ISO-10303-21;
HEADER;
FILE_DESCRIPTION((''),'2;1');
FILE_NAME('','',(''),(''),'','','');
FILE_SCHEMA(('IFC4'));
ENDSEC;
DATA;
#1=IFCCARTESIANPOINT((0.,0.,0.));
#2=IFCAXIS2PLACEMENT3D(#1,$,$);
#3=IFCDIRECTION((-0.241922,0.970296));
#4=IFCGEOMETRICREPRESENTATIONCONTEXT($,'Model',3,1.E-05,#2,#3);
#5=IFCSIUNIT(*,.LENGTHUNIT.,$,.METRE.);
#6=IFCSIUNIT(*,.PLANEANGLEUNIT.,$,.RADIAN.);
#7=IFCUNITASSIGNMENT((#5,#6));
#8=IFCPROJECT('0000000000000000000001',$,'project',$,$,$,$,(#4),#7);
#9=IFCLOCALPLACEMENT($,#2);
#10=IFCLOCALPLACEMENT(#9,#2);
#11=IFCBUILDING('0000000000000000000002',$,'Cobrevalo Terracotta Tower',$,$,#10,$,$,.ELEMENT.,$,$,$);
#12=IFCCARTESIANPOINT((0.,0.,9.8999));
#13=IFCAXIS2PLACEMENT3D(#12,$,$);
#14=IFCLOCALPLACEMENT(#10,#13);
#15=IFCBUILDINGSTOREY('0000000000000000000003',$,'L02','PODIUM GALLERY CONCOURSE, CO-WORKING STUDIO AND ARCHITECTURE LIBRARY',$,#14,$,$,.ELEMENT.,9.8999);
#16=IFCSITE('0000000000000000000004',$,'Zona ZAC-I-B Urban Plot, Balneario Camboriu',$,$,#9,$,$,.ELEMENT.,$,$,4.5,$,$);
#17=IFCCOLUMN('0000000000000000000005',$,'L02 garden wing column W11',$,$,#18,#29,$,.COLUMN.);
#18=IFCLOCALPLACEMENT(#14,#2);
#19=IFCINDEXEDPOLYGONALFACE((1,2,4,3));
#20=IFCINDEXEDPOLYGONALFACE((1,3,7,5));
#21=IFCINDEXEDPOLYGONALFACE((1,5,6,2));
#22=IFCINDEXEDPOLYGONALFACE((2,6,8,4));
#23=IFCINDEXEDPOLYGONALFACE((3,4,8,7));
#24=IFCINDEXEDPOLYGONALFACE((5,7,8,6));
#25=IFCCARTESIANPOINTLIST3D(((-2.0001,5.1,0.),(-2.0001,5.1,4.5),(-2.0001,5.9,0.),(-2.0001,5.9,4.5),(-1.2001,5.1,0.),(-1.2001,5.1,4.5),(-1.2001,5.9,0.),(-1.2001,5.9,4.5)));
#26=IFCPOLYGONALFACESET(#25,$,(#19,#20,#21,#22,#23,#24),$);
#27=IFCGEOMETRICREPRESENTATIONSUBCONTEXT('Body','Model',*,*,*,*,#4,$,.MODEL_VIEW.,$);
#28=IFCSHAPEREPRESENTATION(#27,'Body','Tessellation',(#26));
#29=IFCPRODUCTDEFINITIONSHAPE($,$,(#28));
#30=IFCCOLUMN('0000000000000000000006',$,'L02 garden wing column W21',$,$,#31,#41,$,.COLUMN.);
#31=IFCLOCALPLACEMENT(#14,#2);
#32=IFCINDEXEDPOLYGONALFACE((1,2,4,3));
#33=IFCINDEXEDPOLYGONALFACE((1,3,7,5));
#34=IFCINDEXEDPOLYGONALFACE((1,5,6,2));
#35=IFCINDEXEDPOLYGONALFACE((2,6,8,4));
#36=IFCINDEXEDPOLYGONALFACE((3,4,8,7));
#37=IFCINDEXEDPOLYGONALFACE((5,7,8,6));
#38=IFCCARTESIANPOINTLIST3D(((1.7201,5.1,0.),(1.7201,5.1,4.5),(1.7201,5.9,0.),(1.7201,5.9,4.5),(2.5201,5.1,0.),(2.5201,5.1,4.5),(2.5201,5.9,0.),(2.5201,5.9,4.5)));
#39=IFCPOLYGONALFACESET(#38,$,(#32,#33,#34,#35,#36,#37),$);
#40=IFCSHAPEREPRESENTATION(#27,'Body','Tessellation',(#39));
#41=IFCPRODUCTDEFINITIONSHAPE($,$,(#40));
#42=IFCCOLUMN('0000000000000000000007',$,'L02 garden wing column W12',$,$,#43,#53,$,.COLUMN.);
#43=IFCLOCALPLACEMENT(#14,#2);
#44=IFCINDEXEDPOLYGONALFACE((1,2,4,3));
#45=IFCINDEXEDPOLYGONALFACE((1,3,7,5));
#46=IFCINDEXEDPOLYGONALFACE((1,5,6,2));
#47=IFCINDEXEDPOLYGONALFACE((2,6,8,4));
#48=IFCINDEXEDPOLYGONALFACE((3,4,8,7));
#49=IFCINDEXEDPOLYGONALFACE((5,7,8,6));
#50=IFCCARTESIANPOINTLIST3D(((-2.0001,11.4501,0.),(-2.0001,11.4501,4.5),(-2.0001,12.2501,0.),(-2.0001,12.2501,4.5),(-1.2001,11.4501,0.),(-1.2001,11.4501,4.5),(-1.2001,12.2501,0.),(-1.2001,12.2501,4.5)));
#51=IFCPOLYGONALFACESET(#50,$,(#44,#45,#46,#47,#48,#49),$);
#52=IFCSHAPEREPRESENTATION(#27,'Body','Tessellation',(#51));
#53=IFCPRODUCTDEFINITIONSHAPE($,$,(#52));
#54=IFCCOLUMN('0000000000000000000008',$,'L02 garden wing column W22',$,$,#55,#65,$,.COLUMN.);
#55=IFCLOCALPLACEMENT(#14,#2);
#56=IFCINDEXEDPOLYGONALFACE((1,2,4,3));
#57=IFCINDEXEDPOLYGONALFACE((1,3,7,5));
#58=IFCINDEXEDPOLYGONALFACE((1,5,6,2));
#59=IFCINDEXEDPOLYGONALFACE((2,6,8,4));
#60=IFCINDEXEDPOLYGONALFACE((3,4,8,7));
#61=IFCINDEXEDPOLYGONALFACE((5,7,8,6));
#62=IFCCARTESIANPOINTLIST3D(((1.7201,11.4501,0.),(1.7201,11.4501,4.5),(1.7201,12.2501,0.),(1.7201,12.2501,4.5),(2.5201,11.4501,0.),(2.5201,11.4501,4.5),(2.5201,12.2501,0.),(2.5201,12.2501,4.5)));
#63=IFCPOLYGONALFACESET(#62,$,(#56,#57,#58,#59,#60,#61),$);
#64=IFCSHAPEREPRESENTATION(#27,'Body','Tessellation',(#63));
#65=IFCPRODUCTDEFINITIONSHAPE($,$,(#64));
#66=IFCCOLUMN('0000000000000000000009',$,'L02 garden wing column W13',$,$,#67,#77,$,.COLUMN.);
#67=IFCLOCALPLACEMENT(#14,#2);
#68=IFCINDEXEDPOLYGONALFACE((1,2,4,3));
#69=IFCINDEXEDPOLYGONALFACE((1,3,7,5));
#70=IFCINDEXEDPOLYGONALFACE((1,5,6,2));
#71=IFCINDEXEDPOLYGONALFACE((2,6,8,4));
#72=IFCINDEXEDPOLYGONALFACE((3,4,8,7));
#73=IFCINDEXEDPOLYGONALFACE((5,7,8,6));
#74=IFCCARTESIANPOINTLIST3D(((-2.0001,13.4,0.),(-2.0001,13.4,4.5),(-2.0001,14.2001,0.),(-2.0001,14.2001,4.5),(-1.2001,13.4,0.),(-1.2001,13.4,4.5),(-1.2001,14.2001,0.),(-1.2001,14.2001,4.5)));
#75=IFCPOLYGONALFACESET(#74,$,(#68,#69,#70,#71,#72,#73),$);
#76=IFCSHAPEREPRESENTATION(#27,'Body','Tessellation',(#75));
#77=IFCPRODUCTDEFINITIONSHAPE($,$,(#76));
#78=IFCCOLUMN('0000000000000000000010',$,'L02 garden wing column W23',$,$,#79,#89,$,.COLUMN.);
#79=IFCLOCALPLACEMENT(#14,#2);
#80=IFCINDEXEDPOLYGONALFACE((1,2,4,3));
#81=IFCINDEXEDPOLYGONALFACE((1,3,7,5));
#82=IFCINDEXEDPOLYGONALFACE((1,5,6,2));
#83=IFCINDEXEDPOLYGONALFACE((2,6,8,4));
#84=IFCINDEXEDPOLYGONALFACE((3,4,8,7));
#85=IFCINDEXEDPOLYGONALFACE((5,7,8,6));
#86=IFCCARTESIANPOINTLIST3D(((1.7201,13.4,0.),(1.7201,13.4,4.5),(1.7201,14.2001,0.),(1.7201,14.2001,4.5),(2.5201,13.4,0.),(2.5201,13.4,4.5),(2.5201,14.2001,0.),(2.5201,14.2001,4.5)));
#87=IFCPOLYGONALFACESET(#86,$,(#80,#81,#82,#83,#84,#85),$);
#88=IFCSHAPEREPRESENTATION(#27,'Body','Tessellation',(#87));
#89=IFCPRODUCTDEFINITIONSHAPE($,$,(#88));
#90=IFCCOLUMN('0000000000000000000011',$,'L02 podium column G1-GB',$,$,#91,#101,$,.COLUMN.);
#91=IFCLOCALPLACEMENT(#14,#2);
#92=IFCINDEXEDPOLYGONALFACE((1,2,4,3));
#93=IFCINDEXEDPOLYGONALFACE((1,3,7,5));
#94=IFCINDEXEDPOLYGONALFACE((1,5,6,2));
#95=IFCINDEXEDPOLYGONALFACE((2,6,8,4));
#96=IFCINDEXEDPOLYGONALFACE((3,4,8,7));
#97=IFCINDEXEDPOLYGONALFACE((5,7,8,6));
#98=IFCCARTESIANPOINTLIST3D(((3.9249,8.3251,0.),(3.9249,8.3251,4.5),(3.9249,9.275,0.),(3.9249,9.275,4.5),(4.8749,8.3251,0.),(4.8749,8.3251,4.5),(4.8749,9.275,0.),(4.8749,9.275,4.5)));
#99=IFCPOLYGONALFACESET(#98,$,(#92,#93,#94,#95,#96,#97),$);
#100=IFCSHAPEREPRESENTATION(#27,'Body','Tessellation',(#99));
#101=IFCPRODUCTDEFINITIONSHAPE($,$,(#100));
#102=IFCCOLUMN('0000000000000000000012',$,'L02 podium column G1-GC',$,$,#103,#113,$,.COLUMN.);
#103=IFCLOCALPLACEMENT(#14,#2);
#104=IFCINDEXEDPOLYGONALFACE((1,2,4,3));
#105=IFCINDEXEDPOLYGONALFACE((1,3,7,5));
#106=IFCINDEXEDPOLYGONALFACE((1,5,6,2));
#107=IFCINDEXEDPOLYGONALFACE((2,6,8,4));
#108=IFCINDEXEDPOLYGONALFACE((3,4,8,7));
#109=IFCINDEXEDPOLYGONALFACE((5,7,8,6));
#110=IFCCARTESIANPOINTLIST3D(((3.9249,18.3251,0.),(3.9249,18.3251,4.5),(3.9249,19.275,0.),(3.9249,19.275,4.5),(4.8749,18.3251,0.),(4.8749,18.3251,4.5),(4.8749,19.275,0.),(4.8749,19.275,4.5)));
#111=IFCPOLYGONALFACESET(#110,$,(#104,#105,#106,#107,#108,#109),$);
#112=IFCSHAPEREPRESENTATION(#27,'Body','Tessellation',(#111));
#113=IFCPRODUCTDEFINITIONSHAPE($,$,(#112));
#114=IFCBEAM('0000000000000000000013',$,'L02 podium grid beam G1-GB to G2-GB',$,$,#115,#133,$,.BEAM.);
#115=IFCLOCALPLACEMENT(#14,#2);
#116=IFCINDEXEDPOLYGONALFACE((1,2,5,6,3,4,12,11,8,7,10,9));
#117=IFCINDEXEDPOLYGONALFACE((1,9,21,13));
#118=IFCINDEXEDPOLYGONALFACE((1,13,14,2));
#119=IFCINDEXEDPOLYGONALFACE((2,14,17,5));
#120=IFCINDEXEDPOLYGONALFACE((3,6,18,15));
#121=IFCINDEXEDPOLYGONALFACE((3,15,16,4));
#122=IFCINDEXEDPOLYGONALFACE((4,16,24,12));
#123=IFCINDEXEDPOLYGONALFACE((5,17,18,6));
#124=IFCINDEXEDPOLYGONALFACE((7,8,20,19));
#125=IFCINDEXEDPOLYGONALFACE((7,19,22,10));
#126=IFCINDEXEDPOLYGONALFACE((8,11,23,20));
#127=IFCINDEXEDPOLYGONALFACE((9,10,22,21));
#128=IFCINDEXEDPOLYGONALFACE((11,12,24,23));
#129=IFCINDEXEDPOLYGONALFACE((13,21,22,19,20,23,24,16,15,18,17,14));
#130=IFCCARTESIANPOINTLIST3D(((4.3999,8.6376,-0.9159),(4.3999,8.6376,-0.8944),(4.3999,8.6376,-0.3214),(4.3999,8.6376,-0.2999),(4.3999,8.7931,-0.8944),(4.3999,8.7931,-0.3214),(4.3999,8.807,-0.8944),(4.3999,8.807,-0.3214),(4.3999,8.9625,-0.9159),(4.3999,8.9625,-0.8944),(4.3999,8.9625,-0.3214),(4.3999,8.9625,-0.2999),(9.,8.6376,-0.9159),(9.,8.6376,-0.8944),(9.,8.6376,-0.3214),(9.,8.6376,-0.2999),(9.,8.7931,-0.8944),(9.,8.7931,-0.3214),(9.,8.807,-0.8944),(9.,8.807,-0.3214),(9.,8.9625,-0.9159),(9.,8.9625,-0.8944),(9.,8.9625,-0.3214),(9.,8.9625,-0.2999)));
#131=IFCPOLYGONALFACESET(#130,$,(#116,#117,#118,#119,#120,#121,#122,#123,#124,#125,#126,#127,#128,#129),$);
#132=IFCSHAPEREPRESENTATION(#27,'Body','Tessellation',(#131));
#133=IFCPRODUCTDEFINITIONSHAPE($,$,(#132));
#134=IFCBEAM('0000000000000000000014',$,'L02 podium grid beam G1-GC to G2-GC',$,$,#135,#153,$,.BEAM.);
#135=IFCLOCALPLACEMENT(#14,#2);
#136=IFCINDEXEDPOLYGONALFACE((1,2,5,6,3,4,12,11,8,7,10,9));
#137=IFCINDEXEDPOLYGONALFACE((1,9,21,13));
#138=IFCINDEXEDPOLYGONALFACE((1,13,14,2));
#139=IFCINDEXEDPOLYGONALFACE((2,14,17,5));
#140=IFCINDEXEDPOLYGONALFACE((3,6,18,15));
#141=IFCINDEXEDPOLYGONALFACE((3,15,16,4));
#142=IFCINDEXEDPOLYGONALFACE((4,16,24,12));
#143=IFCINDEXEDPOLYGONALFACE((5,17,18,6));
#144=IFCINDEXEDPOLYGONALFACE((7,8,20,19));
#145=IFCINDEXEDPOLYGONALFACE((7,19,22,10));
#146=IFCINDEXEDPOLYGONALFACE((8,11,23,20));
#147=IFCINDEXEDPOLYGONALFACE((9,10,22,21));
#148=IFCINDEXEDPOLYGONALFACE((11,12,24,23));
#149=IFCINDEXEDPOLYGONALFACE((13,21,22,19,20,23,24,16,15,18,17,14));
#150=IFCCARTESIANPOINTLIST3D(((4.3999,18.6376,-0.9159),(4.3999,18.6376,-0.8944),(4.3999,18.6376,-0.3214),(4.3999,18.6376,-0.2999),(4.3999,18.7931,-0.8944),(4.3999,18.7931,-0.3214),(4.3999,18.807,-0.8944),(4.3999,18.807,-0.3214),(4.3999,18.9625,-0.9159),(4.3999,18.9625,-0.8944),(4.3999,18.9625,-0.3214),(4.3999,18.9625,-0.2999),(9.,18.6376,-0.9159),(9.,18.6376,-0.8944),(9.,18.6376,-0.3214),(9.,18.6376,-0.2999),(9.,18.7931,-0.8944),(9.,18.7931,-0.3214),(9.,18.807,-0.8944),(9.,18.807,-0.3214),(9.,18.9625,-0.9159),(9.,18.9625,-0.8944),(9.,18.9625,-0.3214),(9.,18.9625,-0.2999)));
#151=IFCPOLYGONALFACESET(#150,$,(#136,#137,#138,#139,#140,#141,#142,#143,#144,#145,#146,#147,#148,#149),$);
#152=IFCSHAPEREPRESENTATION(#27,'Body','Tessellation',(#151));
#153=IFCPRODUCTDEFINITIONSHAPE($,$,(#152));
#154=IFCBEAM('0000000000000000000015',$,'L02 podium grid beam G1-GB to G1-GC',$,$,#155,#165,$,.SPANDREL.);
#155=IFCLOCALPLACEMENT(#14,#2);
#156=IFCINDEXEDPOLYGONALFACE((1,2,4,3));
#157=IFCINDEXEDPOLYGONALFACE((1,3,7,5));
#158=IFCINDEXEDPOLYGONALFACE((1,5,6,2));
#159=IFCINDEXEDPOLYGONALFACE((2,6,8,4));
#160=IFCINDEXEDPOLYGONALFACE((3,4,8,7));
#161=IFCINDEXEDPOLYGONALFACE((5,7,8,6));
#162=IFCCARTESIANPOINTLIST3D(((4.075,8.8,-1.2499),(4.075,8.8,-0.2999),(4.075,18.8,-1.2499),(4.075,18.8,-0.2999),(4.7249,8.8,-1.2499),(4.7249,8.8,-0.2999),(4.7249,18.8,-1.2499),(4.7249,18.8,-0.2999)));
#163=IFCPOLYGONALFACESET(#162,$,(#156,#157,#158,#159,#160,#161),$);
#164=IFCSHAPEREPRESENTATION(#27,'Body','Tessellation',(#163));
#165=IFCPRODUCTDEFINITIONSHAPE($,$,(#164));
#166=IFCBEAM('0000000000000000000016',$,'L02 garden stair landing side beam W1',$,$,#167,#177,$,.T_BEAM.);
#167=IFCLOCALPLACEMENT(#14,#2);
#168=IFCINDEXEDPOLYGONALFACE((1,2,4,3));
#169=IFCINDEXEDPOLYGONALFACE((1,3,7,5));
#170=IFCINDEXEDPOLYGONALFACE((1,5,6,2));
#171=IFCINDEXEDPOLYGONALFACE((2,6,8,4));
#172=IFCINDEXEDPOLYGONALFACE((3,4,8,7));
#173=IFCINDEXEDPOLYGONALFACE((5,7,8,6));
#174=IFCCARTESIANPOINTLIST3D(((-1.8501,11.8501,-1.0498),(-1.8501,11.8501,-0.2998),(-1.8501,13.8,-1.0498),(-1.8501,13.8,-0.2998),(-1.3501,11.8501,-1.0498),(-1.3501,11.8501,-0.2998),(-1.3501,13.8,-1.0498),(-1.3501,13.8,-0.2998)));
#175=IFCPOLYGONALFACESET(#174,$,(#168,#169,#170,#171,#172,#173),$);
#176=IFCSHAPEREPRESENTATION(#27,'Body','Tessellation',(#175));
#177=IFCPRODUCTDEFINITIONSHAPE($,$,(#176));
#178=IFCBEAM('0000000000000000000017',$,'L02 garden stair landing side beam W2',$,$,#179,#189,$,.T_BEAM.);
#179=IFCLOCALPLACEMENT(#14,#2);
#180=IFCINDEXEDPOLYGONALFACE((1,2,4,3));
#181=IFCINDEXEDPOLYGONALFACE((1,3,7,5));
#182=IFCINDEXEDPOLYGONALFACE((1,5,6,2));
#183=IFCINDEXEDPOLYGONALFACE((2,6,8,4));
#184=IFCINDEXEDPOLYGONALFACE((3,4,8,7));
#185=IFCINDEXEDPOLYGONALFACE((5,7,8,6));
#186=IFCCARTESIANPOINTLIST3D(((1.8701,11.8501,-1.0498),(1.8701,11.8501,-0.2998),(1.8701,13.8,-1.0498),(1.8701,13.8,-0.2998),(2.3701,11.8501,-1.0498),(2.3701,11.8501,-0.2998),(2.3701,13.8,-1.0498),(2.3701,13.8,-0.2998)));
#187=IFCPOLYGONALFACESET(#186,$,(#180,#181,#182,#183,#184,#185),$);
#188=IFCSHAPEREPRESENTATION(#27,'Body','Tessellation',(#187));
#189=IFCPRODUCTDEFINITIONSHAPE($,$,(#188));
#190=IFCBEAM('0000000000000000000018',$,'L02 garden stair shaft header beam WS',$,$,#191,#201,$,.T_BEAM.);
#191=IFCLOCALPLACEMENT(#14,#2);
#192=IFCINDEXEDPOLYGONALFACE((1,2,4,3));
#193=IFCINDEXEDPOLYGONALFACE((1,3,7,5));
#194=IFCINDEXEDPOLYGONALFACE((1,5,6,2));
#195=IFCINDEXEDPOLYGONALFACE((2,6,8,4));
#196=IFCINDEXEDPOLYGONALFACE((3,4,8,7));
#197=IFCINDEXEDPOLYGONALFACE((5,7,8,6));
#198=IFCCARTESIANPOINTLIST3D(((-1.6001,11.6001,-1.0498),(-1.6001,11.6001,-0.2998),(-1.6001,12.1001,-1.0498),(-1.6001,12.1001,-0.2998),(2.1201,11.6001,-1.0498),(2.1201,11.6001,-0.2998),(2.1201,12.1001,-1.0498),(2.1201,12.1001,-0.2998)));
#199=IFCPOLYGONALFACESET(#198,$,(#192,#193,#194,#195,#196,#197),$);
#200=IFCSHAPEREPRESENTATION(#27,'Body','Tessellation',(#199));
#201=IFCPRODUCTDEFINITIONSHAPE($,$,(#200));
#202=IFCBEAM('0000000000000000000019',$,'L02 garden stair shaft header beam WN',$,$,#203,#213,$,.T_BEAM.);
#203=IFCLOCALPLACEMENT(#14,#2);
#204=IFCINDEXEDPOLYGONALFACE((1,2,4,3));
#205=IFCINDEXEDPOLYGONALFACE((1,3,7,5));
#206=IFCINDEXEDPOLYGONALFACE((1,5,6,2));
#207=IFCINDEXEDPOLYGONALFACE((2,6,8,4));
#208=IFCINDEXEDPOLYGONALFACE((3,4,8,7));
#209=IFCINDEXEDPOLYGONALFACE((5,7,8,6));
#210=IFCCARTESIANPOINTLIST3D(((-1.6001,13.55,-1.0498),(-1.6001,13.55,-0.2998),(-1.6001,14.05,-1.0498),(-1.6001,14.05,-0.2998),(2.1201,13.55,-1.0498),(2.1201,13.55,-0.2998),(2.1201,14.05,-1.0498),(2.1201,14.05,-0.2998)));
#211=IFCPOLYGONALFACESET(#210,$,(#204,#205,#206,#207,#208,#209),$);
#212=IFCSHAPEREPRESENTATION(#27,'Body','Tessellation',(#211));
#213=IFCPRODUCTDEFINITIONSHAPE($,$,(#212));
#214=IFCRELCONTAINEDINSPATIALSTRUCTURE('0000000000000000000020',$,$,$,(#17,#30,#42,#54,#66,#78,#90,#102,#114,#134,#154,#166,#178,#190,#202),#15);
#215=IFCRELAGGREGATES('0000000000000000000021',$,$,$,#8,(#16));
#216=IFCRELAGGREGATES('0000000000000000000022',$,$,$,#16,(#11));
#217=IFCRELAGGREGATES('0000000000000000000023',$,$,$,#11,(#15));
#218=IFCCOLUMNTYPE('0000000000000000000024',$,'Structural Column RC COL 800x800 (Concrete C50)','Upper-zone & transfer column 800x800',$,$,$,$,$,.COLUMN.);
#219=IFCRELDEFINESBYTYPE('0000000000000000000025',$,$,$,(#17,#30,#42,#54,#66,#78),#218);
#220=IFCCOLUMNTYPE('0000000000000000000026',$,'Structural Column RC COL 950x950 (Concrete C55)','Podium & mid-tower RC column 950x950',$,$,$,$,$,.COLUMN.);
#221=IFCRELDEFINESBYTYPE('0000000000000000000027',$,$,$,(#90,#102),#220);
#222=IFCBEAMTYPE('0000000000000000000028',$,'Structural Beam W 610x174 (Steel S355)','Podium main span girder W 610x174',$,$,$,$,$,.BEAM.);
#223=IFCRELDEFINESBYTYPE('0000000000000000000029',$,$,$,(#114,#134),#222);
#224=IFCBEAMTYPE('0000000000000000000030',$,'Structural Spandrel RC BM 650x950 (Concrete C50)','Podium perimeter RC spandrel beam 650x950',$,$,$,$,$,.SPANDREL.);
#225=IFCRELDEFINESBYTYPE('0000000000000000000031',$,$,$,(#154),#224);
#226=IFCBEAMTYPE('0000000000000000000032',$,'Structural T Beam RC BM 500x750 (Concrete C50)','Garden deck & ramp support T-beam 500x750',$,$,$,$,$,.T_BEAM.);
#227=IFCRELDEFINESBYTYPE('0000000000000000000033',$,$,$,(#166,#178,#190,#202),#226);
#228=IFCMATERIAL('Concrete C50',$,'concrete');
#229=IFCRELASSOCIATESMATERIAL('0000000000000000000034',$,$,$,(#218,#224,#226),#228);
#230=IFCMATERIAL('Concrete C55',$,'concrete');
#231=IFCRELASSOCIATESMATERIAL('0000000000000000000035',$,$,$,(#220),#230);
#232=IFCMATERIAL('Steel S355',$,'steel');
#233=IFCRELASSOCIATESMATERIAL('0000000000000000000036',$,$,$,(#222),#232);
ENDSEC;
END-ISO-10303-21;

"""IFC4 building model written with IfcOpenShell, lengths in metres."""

from ifc_helpers import new_model, si_unit, direction, frame, origin, origin_2d, place, context, subcontext, project, spatial, rectangle, i_section, extrude, material, material_profile, profile_set, type_object, element, save


model = new_model("IFC4")

# Units and contexts
model_context = context("Model", 3, precision=1e-05, world=origin(), true_north=direction((-0.241922, 0.970296)))
body_context = subcontext(model_context, "Body", "Model", "MODEL_VIEW")
ifc_project = project(units=[si_unit("LENGTHUNIT", "METRE"), si_unit("PLANEANGLEUNIT", "RADIAN")], contexts=[model_context])

# Site, building, storey
site_placement = place(None, origin())
site = spatial("IfcSite", under=ifc_project, at=site_placement, Name="Zona ZAC-I-B Urban Plot, Balneario Camboriu", CompositionType="ELEMENT", RefElevation=4.5)
building_placement = place(site_placement, origin())
building = spatial("IfcBuilding", under=site, at=building_placement, Name="Cobrevalo Terracotta Tower", CompositionType="ELEMENT")
storey_placement = place(building_placement, frame((0.0, 0.0, 9.8999)))
storey = spatial("IfcBuildingStorey", under=building, at=storey_placement, Name="L02", Description="PODIUM GALLERY CONCOURSE, CO-WORKING STUDIO AND ARCHITECTURE LIBRARY", CompositionType="ELEMENT", Elevation=9.8999)

# Columns
ifc_material_1 = material(Name="Concrete C50", Category="concrete")
ifc_material_profile_1 = material_profile(ifc_material_1, rectangle(XDim=0.8, YDim=0.8, at=origin_2d()), Name="RC COL 800x800")
ifc_profile_set_1 = profile_set([ifc_material_profile_1], Name="Concrete C50")
column_type_1 = type_object("IfcColumnType", Name="Structural Column RC COL 800x800 (Concrete C50)", Description="Upper-zone & transfer column 800x800", PredefinedType="COLUMN", material=ifc_profile_set_1)
for number, where, z_axis, x_axis, name in (
    (1, (-1.6001, 5.5, 0.0), (0.0, 0.0, 1.0), (1.0, 0.0, 0.0), "L02 garden wing column W11"),
    (2, (2.1201, 5.5, 0.0), (0.0, 0.0, 1.0), (1.0, 0.0, 0.0), "L02 garden wing column W21"),
    (3, (-1.6001, 11.8501, 0.0), (0.0, 0.0, 1.0), (1.0, 0.0, 0.0), "L02 garden wing column W12"),
    (4, (2.1201, 11.8501, 0.0), (0.0, 0.0, 1.0), (1.0, 0.0, 0.0), "L02 garden wing column W22"),
    (5, (-1.6001, 13.8, 0.0), (0.0, 0.0, 1.0), (1.0, 0.0, 0.0), "L02 garden wing column W13"),
    (6, (2.1201, 13.8, 0.0), (0.0, 0.0, 1.0), (1.0, 0.0, 0.0), "L02 garden wing column W23"),
):
    element("IfcColumn", number, at=place(storey_placement, frame(where, z_axis=z_axis, x_axis=x_axis)), inside=storey, type_object=column_type_1, Name=name, PredefinedType="COLUMN", context=body_context, shape_type="SweptSolid", body=[
        extrude(rectangle(XDim=0.8, YDim=0.8, at=origin_2d()), origin(), (0.0, 0.0, 1.0), 4.5),
    ])
ifc_material_2 = material(Name="Concrete C55", Category="concrete")
ifc_material_profile_2 = material_profile(ifc_material_2, rectangle(XDim=0.95, YDim=0.95, at=origin_2d()), Name="RC COL 950x950")
ifc_profile_set_2 = profile_set([ifc_material_profile_2], Name="Concrete C55")
column_type_2 = type_object("IfcColumnType", Name="Structural Column RC COL 950x950 (Concrete C55)", Description="Podium & mid-tower RC column 950x950", PredefinedType="COLUMN", material=ifc_profile_set_2)
for number, where, z_axis, x_axis, name in (
    (7, (4.3999, 8.8, 0.0), (0.0, 0.0, 1.0), (1.0, 0.0, 0.0), "L02 podium column G1-GB"),
    (8, (4.3999, 18.8, 0.0), (0.0, 0.0, 1.0), (1.0, 0.0, 0.0), "L02 podium column G1-GC"),
):
    element("IfcColumn", number, at=place(storey_placement, frame(where, z_axis=z_axis, x_axis=x_axis)), inside=storey, type_object=column_type_2, Name=name, PredefinedType="COLUMN", context=body_context, shape_type="SweptSolid", body=[
        extrude(rectangle(XDim=0.95, YDim=0.95, at=origin_2d()), origin(), (0.0, 0.0, 1.0), 4.5),
    ])

# Beams
ifc_material_3 = material(Name="Steel S355", Category="steel")
ifc_material_profile_3 = material_profile(ifc_material_3, i_section(OverallWidth=0.325, OverallDepth=0.616, WebThickness=0.0139, FlangeThickness=0.0215, at=origin_2d()), Name="W 610x174")
ifc_profile_set_3 = profile_set([ifc_material_profile_3], Name="Steel S355")
beam_type_1 = type_object("IfcBeamType", Name="Structural Beam W 610x174 (Steel S355)", Description="Podium main span girder W 610x174", PredefinedType="BEAM", material=ifc_profile_set_3)
for number, where, z_axis, x_axis, name in (
    (9, (4.3999, 8.8, -0.6079), (1.0, 0.0, 0.0), (0.0, 1.0, 0.0), "L02 podium grid beam G1-GB to G2-GB"),
    (10, (4.3999, 18.8, -0.6079), (1.0, 0.0, 0.0), (0.0, 1.0, 0.0), "L02 podium grid beam G1-GC to G2-GC"),
):
    element("IfcBeam", number, at=place(storey_placement, frame(where, z_axis=z_axis, x_axis=x_axis)), inside=storey, type_object=beam_type_1, Name=name, PredefinedType="BEAM", context=body_context, shape_type="SweptSolid", body=[
        extrude(i_section(OverallWidth=0.325, OverallDepth=0.616, WebThickness=0.0139, FlangeThickness=0.0215, at=origin_2d()), origin(), (0.0, 0.0, 1.0), 4.6001),
    ])
ifc_material_profile_4 = material_profile(ifc_material_1, rectangle(XDim=0.6499, YDim=0.95, at=origin_2d()), Name="RC BM 650x950")
ifc_profile_set_4 = profile_set([ifc_material_profile_4], Name="Concrete C50")
beam_type_2 = type_object("IfcBeamType", Name="Structural Spandrel RC BM 650x950 (Concrete C50)", Description="Podium perimeter RC spandrel beam 650x950", PredefinedType="SPANDREL", material=ifc_profile_set_4)
beam_1_placement = place(storey_placement, frame((4.3999, 8.8, -0.7749), z_axis=(0.0, 1.0, 0.0), x_axis=(-1.0, 0.0, 0.0)))
element("IfcBeam", 11, at=beam_1_placement, inside=storey, type_object=beam_type_2, Name="L02 podium grid beam G1-GB to G1-GC", PredefinedType="SPANDREL", context=body_context, shape_type="SweptSolid", body=[
    extrude(rectangle(XDim=0.6499, YDim=0.95, at=origin_2d()), origin(), (0.0, 0.0, 1.0), 10.0),
])
ifc_material_profile_5 = material_profile(ifc_material_1, rectangle(XDim=0.5, YDim=0.75, at=origin_2d()), Name="RC BM 500x750")
ifc_profile_set_5 = profile_set([ifc_material_profile_5], Name="Concrete C50")
beam_type_3 = type_object("IfcBeamType", Name="Structural T Beam RC BM 500x750 (Concrete C50)", Description="Garden deck & ramp support T-beam 500x750", PredefinedType="T_BEAM", material=ifc_profile_set_5)
for number, where, z_axis, x_axis, name in (
    (12, (-1.6001, 11.8501, -0.6748), (0.0, 1.0, 0.0), (-1.0, 0.0, 0.0), "L02 garden stair landing side beam W1"),
    (13, (2.1201, 11.8501, -0.6748), (0.0, 1.0, 0.0), (-1.0, 0.0, 0.0), "L02 garden stair landing side beam W2"),
):
    element("IfcBeam", number, at=place(storey_placement, frame(where, z_axis=z_axis, x_axis=x_axis)), inside=storey, type_object=beam_type_3, Name=name, PredefinedType="T_BEAM", context=body_context, shape_type="SweptSolid", body=[
        extrude(rectangle(XDim=0.5, YDim=0.75, at=origin_2d()), origin(), (0.0, 0.0, 1.0), 1.95),
    ])
for number, where, z_axis, x_axis, name in (
    (14, (-1.6001, 11.8501, -0.6748), (1.0, 0.0, 0.0), (0.0, 1.0, 0.0), "L02 garden stair shaft header beam WS"),
    (15, (-1.6001, 13.8, -0.6748), (1.0, 0.0, 0.0), (0.0, 1.0, 0.0), "L02 garden stair shaft header beam WN"),
):
    element("IfcBeam", number, at=place(storey_placement, frame(where, z_axis=z_axis, x_axis=x_axis)), inside=storey, type_object=beam_type_3, Name=name, PredefinedType="T_BEAM", context=body_context, shape_type="SweptSolid", body=[
        extrude(rectangle(XDim=0.5, YDim=0.75, at=origin_2d()), origin(), (0.0, 0.0, 1.0), 3.7202),
    ])

save(model, "model.ifc")
